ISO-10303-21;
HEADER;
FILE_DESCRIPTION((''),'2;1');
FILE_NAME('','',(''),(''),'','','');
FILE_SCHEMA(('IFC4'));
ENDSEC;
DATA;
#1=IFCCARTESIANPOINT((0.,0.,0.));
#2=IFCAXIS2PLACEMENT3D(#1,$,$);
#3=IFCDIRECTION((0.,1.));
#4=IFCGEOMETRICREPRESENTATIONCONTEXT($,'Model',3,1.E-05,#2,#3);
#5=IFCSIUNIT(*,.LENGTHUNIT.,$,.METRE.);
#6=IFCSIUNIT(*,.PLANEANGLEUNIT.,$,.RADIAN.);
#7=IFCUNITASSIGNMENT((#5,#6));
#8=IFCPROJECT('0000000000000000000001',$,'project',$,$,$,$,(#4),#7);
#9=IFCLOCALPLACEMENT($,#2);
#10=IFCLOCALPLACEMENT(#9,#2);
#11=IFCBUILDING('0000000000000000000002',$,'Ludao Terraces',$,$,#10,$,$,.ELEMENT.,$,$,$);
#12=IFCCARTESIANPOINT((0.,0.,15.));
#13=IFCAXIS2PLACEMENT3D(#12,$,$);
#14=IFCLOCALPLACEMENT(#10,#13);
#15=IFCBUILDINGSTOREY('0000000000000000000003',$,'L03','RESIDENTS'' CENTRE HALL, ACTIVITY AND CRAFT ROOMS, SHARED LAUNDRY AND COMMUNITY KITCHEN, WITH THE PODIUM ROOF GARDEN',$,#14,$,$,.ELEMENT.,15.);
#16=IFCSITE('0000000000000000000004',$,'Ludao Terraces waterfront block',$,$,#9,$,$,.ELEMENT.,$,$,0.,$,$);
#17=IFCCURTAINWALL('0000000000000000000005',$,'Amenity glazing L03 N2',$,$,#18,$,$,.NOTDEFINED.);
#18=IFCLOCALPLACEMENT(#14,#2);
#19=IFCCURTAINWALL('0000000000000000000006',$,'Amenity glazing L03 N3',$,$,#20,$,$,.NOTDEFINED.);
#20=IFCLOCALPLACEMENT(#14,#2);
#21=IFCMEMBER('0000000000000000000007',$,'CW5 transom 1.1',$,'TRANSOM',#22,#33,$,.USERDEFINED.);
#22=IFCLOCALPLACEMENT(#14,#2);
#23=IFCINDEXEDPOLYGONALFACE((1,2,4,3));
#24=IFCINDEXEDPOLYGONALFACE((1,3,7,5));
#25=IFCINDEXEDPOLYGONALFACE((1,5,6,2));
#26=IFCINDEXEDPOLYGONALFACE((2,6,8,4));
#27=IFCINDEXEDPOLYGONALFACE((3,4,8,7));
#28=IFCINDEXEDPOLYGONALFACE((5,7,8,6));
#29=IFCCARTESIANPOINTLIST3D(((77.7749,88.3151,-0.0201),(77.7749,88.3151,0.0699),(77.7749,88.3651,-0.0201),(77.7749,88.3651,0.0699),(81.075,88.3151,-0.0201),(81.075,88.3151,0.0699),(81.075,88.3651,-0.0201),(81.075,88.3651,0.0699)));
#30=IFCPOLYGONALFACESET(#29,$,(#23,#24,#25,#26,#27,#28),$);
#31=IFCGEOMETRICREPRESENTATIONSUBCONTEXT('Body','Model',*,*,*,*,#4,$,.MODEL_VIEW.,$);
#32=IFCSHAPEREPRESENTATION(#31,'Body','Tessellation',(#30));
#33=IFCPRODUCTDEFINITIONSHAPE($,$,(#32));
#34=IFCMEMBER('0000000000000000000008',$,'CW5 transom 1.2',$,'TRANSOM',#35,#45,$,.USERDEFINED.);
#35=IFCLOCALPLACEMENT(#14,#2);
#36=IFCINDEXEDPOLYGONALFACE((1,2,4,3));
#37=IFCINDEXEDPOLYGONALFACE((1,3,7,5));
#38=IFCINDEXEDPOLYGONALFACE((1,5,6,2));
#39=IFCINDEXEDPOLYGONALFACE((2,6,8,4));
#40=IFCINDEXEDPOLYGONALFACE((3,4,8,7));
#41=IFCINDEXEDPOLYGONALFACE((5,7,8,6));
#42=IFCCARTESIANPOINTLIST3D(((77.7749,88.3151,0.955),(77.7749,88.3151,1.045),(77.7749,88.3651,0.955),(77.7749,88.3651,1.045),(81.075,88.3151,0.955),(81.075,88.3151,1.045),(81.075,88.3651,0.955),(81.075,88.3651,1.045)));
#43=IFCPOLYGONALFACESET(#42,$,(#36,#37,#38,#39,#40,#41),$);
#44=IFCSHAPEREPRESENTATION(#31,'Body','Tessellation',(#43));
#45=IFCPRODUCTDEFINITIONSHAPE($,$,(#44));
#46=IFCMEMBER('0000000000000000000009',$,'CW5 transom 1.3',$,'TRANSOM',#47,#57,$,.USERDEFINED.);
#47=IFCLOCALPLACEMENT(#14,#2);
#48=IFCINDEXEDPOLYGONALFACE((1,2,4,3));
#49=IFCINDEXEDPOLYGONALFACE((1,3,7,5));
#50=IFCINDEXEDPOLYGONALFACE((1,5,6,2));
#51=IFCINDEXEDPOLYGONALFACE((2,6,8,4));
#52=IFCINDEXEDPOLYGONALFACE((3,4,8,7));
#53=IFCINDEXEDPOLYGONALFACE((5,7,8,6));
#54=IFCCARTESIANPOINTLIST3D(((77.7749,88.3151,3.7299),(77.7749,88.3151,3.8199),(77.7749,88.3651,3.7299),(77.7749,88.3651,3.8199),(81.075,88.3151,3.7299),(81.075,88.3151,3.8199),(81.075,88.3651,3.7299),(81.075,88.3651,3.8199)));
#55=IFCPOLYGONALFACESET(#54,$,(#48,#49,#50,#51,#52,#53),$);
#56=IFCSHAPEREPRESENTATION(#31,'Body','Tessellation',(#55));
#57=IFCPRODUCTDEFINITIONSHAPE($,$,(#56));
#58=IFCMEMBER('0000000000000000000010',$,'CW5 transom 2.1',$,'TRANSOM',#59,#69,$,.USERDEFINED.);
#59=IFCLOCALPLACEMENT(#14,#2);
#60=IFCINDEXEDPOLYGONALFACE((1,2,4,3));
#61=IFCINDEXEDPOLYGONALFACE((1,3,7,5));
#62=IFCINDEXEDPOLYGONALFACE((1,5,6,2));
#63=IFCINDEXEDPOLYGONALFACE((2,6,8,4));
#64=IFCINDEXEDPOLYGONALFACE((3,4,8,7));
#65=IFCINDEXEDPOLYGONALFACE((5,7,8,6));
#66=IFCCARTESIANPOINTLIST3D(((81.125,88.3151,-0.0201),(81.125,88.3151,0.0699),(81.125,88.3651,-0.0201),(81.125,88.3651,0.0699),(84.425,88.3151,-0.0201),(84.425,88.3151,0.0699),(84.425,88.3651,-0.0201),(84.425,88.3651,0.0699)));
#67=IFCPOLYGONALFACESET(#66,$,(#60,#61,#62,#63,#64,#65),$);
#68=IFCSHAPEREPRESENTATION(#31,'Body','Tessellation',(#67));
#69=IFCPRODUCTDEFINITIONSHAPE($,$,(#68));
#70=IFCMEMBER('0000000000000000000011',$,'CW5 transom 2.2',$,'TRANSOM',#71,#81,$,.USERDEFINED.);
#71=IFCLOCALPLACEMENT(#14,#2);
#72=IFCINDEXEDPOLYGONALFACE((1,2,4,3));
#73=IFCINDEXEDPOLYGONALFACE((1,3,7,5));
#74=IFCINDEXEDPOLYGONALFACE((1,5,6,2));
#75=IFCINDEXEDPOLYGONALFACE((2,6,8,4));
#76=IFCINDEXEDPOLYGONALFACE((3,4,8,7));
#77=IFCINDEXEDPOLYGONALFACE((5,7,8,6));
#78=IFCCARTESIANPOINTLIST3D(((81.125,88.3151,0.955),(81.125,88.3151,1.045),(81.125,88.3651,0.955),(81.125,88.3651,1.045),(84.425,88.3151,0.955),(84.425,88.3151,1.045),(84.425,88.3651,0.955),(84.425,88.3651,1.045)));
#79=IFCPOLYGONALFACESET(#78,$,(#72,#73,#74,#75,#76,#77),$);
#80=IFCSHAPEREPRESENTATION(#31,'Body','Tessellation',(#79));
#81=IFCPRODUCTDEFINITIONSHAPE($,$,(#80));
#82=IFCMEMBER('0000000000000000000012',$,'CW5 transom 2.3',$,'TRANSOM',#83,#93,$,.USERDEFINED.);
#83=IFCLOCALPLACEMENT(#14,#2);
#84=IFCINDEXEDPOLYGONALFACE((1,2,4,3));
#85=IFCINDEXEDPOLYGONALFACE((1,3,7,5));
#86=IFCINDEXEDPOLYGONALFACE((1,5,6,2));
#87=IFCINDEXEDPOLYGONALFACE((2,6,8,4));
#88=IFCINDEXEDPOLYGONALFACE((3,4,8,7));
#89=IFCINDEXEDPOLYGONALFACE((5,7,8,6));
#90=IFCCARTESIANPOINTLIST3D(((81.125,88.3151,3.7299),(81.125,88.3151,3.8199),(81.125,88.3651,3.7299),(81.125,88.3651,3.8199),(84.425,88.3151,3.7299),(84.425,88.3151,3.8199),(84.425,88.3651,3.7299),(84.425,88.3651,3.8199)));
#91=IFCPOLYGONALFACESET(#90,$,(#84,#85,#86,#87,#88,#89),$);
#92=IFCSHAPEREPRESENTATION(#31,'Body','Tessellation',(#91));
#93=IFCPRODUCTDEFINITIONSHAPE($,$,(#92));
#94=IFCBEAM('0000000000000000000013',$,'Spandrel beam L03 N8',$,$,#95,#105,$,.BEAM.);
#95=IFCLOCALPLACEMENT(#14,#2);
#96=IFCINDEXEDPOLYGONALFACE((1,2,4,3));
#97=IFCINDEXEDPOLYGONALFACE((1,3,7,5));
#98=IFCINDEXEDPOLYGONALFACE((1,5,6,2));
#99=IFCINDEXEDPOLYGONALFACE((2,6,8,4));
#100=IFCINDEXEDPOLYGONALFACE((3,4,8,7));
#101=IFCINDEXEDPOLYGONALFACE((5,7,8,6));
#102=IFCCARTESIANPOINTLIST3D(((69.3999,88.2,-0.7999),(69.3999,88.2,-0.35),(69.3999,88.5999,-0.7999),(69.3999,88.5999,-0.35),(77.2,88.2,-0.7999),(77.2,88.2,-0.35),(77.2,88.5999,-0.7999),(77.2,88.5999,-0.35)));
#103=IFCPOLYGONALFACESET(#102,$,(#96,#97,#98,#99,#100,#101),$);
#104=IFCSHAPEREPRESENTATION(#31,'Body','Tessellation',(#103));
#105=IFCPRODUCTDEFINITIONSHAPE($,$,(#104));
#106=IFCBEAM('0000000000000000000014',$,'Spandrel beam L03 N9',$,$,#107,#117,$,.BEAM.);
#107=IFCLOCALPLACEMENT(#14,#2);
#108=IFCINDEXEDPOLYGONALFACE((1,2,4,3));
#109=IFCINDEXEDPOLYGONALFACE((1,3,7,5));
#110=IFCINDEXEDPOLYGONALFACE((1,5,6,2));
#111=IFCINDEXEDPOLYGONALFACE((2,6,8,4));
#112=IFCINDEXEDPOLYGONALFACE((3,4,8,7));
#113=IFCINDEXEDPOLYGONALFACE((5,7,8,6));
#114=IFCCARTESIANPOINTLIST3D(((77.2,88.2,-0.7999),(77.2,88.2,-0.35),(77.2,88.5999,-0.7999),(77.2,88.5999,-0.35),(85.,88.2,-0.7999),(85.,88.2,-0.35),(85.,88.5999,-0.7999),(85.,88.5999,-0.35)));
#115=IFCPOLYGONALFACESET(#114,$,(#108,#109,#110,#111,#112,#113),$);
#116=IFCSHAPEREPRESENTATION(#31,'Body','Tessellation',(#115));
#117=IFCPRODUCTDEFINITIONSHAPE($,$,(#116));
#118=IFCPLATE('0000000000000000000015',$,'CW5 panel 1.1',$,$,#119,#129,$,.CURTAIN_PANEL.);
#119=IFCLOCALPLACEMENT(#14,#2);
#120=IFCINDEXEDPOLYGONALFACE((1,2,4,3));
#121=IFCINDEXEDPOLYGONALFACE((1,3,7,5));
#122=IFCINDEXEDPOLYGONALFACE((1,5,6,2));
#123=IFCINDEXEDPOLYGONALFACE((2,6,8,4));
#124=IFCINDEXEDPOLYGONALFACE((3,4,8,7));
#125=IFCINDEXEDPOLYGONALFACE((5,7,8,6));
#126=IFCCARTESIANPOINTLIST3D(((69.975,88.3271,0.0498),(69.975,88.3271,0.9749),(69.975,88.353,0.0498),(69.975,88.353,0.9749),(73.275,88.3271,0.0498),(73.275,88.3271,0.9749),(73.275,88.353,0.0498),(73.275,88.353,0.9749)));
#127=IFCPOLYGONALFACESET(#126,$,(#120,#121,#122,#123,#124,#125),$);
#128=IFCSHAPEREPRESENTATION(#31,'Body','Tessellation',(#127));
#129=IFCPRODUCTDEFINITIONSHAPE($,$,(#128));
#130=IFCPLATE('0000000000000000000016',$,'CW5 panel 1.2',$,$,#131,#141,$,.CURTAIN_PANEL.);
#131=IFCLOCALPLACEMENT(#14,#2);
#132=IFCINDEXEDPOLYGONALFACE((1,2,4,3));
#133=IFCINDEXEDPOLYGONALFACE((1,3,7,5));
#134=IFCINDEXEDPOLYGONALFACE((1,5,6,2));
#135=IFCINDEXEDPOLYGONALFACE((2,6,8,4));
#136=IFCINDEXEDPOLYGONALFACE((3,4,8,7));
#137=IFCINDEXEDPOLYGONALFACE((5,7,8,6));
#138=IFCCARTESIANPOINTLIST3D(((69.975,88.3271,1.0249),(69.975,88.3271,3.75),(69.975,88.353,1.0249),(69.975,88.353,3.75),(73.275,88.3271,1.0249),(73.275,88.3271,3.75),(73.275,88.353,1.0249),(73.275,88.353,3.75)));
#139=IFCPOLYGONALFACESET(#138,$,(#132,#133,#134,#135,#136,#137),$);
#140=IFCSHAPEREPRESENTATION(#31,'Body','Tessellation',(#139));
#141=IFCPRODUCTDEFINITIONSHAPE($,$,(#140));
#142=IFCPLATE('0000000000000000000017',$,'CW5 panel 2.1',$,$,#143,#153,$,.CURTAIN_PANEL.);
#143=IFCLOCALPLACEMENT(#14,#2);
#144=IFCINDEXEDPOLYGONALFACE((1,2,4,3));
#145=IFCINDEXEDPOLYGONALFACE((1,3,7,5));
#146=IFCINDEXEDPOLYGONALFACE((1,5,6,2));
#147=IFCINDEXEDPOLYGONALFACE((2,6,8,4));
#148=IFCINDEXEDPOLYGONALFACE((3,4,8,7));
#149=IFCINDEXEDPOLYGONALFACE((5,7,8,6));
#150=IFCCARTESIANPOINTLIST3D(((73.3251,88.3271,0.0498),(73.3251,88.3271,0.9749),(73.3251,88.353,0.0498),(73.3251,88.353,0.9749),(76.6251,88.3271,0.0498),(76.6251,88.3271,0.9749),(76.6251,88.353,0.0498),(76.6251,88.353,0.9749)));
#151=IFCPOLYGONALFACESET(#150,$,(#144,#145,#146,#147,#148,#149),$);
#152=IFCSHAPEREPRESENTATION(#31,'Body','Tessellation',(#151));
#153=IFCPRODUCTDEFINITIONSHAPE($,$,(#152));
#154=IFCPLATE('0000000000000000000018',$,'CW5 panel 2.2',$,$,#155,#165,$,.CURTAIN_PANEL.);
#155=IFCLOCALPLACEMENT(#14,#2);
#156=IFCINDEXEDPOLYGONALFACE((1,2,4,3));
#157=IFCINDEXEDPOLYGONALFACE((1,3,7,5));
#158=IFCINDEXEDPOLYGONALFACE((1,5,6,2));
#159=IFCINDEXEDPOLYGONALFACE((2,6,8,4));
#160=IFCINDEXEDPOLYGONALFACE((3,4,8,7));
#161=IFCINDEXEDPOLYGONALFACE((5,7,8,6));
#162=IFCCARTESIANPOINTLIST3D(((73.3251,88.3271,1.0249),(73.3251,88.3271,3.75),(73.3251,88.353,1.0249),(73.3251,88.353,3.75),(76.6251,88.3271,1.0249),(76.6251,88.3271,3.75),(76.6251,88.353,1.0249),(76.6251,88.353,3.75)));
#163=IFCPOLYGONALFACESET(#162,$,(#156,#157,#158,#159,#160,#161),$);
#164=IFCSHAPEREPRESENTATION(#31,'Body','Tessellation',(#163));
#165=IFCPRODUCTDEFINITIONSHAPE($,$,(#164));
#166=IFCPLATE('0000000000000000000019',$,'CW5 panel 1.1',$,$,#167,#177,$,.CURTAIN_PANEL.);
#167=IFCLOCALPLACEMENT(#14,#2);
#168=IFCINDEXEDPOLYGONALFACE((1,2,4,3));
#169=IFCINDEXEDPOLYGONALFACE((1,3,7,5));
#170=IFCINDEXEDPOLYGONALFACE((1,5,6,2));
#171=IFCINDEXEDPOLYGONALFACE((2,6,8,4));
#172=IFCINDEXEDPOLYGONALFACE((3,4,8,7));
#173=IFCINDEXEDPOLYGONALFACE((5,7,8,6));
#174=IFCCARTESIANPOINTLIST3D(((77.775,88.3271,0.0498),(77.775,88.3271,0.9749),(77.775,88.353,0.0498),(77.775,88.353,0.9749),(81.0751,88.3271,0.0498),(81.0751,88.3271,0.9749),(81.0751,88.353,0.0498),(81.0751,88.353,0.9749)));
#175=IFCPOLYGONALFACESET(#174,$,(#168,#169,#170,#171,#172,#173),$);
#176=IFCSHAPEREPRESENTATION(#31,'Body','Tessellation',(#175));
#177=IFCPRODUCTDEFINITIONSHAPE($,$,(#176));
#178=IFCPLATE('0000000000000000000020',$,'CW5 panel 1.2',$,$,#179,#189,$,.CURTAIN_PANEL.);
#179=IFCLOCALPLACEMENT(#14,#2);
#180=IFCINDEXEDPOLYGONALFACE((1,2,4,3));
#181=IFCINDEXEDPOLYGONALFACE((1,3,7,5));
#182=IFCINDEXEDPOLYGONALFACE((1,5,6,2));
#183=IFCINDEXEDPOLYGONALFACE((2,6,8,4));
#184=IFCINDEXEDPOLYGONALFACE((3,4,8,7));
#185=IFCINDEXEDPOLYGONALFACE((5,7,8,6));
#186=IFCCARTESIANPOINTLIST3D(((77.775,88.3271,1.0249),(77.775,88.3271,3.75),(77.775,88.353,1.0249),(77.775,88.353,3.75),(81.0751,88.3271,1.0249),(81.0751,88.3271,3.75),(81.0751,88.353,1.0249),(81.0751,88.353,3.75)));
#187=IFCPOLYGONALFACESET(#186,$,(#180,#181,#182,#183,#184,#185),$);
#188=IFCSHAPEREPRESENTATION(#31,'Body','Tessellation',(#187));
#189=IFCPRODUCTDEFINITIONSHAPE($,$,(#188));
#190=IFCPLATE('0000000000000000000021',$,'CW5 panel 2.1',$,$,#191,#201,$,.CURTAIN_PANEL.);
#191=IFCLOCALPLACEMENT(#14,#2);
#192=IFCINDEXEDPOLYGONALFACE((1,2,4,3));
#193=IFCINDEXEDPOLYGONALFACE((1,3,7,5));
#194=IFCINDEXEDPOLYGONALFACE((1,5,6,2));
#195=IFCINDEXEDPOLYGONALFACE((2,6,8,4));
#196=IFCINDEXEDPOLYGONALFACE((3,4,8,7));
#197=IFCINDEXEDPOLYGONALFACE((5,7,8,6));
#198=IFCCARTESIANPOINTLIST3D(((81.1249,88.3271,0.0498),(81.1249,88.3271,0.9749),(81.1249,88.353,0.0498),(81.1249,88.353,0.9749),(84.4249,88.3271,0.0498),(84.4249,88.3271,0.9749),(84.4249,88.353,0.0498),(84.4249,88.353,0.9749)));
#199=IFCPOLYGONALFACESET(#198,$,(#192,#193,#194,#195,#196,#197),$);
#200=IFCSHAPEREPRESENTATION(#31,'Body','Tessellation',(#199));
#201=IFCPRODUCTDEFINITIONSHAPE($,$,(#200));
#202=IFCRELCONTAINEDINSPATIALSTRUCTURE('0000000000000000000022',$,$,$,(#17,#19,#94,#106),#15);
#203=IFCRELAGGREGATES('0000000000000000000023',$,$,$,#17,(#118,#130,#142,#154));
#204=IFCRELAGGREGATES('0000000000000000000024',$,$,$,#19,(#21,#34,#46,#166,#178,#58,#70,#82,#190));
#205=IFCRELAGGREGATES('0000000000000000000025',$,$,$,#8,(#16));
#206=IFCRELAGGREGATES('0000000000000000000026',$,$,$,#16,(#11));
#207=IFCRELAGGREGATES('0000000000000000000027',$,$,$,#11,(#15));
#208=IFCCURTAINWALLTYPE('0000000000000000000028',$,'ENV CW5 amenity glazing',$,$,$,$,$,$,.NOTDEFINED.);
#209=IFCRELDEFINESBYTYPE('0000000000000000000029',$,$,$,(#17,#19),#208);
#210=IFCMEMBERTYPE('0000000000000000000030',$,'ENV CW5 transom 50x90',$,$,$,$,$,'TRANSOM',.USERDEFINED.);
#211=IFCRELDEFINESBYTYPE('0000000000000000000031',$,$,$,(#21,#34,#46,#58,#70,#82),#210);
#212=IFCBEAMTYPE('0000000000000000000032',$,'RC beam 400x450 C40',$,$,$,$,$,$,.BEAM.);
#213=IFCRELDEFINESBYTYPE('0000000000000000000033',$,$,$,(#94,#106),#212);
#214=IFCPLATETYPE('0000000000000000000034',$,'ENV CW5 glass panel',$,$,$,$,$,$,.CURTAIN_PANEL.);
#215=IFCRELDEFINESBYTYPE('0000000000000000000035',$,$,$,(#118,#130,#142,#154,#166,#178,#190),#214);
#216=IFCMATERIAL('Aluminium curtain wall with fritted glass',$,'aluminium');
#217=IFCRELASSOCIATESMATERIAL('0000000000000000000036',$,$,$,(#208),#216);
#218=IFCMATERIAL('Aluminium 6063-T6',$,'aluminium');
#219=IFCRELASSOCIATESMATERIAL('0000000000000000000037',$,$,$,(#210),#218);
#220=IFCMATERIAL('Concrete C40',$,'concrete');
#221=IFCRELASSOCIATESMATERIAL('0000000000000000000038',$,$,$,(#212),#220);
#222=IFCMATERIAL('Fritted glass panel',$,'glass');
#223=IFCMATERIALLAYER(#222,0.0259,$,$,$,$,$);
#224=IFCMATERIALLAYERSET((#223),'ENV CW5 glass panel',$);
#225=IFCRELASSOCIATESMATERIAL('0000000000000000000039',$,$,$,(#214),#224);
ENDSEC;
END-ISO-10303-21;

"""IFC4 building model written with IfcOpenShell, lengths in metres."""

from ifc_helpers import new_model, si_unit, direction, frame, origin, origin_2d, place, context, subcontext, project, spatial, rectangle, extrude, material, layer, layer_set, material_profile, profile_set, type_object, element, aggregate, save


model = new_model("IFC4")

# Units and contexts
model_context = context("Model", 3, precision=1e-05, world=origin(), true_north=direction((0.0, 1.0)))
body_context = subcontext(model_context, "Body", "Model", "MODEL_VIEW")
ifc_project = project(units=[si_unit("LENGTHUNIT", "METRE"), si_unit("PLANEANGLEUNIT", "RADIAN")], contexts=[model_context])

# Site, building, storey
site_placement = place(None, origin())
site = spatial("IfcSite", under=ifc_project, at=site_placement, Name="Ludao Terraces waterfront block", CompositionType="ELEMENT", RefElevation=0.0)
building_placement = place(site_placement, origin())
building = spatial("IfcBuilding", under=site, at=building_placement, Name="Ludao Terraces", CompositionType="ELEMENT")
storey_placement = place(building_placement, frame((0.0, 0.0, 15.0)))
storey = spatial("IfcBuildingStorey", under=building, at=storey_placement, Name="L03", Description="RESIDENTS' CENTRE HALL, ACTIVITY AND CRAFT ROOMS, SHARED LAUNDRY AND COMMUNITY KITCHEN, WITH THE PODIUM ROOF GARDEN", CompositionType="ELEMENT", Elevation=15.0)

# Curtain walls
ifc_material_1 = material(Name="Aluminium curtain wall with fritted glass", Category="aluminium")
curtain_wall_type = type_object("IfcCurtainWallType", Name="ENV CW5 amenity glazing", PredefinedType="NOTDEFINED", material=ifc_material_1)
curtain_wall_1_placement = place(storey_placement, origin())
curtain_wall_1 = element("IfcCurtainWall", 1, at=curtain_wall_1_placement, inside=storey, type_object=curtain_wall_type, Name="Amenity glazing L03 N2", PredefinedType="NOTDEFINED")
ifc_material_2 = material(Name="Aluminium 6063-T6", Category="aluminium")
curtain_wall_2_placement = place(storey_placement, origin())
curtain_wall_2 = element("IfcCurtainWall", 2, at=curtain_wall_2_placement, inside=storey, type_object=curtain_wall_type, Name="Amenity glazing L03 N3", PredefinedType="NOTDEFINED")

# Members
ifc_material_profile_1 = material_profile(ifc_material_2, rectangle(XDim=0.05, YDim=0.0901, at=origin_2d()), Name="50 X 90")
ifc_profile_set_1 = profile_set([ifc_material_profile_1], Name="Aluminium 6063-T6")
member_type_1 = type_object("IfcMemberType", Name="ENV CW5 transom 50x90", ElementType="TRANSOM", PredefinedType="USERDEFINED", material=ifc_profile_set_1)
member_1_placement = place(storey_placement, frame((77.7749, 88.3401, 0.0249), z_axis=(1.0, 0.0, 0.0), x_axis=(0.0, 1.0, 0.0)))
member_1 = element("IfcMember", 3, at=member_1_placement, type_object=member_type_1, Name="CW5 transom 1.1", ObjectType="TRANSOM", PredefinedType="USERDEFINED", context=body_context, shape_type="SweptSolid", body=[
    extrude(rectangle(XDim=0.05, YDim=0.0901, at=origin_2d()), origin(), (0.0, 0.0, 1.0), 3.3),
])
member_2_placement = place(storey_placement, frame((77.7749, 88.3401, 1.0), z_axis=(1.0, 0.0, 0.0), x_axis=(0.0, 1.0, 0.0)))
member_2 = element("IfcMember", 4, at=member_2_placement, type_object=member_type_1, Name="CW5 transom 1.2", ObjectType="TRANSOM", PredefinedType="USERDEFINED", context=body_context, shape_type="SweptSolid", body=[
    extrude(rectangle(XDim=0.05, YDim=0.0901, at=origin_2d()), origin(), (0.0, 0.0, 1.0), 3.3),
])
member_3_placement = place(storey_placement, frame((77.7749, 88.3401, 3.7749), z_axis=(1.0, 0.0, 0.0), x_axis=(0.0, 1.0, 0.0)))
member_3 = element("IfcMember", 5, at=member_3_placement, type_object=member_type_1, Name="CW5 transom 1.3", ObjectType="TRANSOM", PredefinedType="USERDEFINED", context=body_context, shape_type="SweptSolid", body=[
    extrude(rectangle(XDim=0.05, YDim=0.0901, at=origin_2d()), origin(), (0.0, 0.0, 1.0), 3.3),
])
member_4_placement = place(storey_placement, frame((81.125, 88.3401, 0.0249), z_axis=(1.0, 0.0, 0.0), x_axis=(0.0, 1.0, 0.0)))
member_4 = element("IfcMember", 6, at=member_4_placement, type_object=member_type_1, Name="CW5 transom 2.1", ObjectType="TRANSOM", PredefinedType="USERDEFINED", context=body_context, shape_type="SweptSolid", body=[
    extrude(rectangle(XDim=0.05, YDim=0.0901, at=origin_2d()), origin(), (0.0, 0.0, 1.0), 3.3),
])
member_5_placement = place(storey_placement, frame((81.125, 88.3401, 1.0), z_axis=(1.0, 0.0, 0.0), x_axis=(0.0, 1.0, 0.0)))
member_5 = element("IfcMember", 7, at=member_5_placement, type_object=member_type_1, Name="CW5 transom 2.2", ObjectType="TRANSOM", PredefinedType="USERDEFINED", context=body_context, shape_type="SweptSolid", body=[
    extrude(rectangle(XDim=0.05, YDim=0.0901, at=origin_2d()), origin(), (0.0, 0.0, 1.0), 3.3),
])
member_6_placement = place(storey_placement, frame((81.125, 88.3401, 3.7749), z_axis=(1.0, 0.0, 0.0), x_axis=(0.0, 1.0, 0.0)))
member_6 = element("IfcMember", 8, at=member_6_placement, type_object=member_type_1, Name="CW5 transom 2.3", ObjectType="TRANSOM", PredefinedType="USERDEFINED", context=body_context, shape_type="SweptSolid", body=[
    extrude(rectangle(XDim=0.05, YDim=0.0901, at=origin_2d()), origin(), (0.0, 0.0, 1.0), 3.3),
])

# Beams
ifc_material_3 = material(Name="Concrete C40", Category="concrete")
ifc_material_profile_2 = material_profile(ifc_material_3, rectangle(XDim=0.3999, YDim=0.45, at=origin_2d()), Name="400 X 450")
ifc_profile_set_2 = profile_set([ifc_material_profile_2], Name="Concrete C40")
beam_type = type_object("IfcBeamType", Name="RC beam 400x450 C40", PredefinedType="BEAM", material=ifc_profile_set_2)
for number, where, z_axis, x_axis, name in (
    (9, (69.3999, 88.3999, -0.575), (1.0, 0.0, 0.0), (0.0, 1.0, 0.0), "Spandrel beam L03 N8"),
    (10, (77.2, 88.3999, -0.575), (1.0, 0.0, 0.0), (0.0, 1.0, 0.0), "Spandrel beam L03 N9"),
):
    element("IfcBeam", number, at=place(storey_placement, frame(where, z_axis=z_axis, x_axis=x_axis)), inside=storey, type_object=beam_type, Name=name, PredefinedType="BEAM", context=body_context, shape_type="SweptSolid", body=[
        extrude(rectangle(XDim=0.3999, YDim=0.45, at=origin_2d()), origin(), (0.0, 0.0, 1.0), 7.8),
    ])

# Plates
ifc_material_4 = material(Name="Fritted glass panel", Category="glass")
ifc_layer_1 = layer(ifc_material_4, 0.0259)
ifc_layer_set_1 = layer_set([ifc_layer_1], Name="ENV CW5 glass panel")
plate_type = type_object("IfcPlateType", Name="ENV CW5 glass panel", PredefinedType="CURTAIN_PANEL", material=ifc_layer_set_1)
plate_1_placement = place(storey_placement, frame((71.625, 88.3401, 0.0498), z_axis=(0.0, 0.0, 1.0), x_axis=(1.0, 0.0, 0.0)))
plate_1 = element("IfcPlate", 11, at=plate_1_placement, type_object=plate_type, Name="CW5 panel 1.1", PredefinedType="CURTAIN_PANEL", context=body_context, shape_type="SweptSolid", body=[
    extrude(rectangle(XDim=3.3, YDim=0.0259, at=origin_2d()), origin(), (0.0, 0.0, 1.0), 0.925),
])
plate_2_placement = place(storey_placement, frame((71.625, 88.3401, 1.0249), z_axis=(0.0, 0.0, 1.0), x_axis=(1.0, 0.0, 0.0)))
plate_2 = element("IfcPlate", 12, at=plate_2_placement, type_object=plate_type, Name="CW5 panel 1.2", PredefinedType="CURTAIN_PANEL", context=body_context, shape_type="SweptSolid", body=[
    extrude(rectangle(XDim=3.3, YDim=0.0259, at=origin_2d()), origin(), (0.0, 0.0, 1.0), 2.7251),
])
plate_3_placement = place(storey_placement, frame((74.9751, 88.3401, 0.0498), z_axis=(0.0, 0.0, 1.0), x_axis=(1.0, 0.0, 0.0)))
plate_3 = element("IfcPlate", 13, at=plate_3_placement, type_object=plate_type, Name="CW5 panel 2.1", PredefinedType="CURTAIN_PANEL", context=body_context, shape_type="SweptSolid", body=[
    extrude(rectangle(XDim=3.3, YDim=0.0259, at=origin_2d()), origin(), (0.0, 0.0, 1.0), 0.925),
])
plate_4_placement = place(storey_placement, frame((74.9751, 88.3401, 1.0249), z_axis=(0.0, 0.0, 1.0), x_axis=(1.0, 0.0, 0.0)))
plate_4 = element("IfcPlate", 14, at=plate_4_placement, type_object=plate_type, Name="CW5 panel 2.2", PredefinedType="CURTAIN_PANEL", context=body_context, shape_type="SweptSolid", body=[
    extrude(rectangle(XDim=3.3, YDim=0.0259, at=origin_2d()), origin(), (0.0, 0.0, 1.0), 2.7251),
])
aggregate(curtain_wall_1, [plate_1, plate_2, plate_3, plate_4])
plate_5_placement = place(storey_placement, frame((79.425, 88.3401, 0.0498), z_axis=(0.0, 0.0, 1.0), x_axis=(1.0, 0.0, 0.0)))
plate_5 = element("IfcPlate", 15, at=plate_5_placement, type_object=plate_type, Name="CW5 panel 1.1", PredefinedType="CURTAIN_PANEL", context=body_context, shape_type="SweptSolid", body=[
    extrude(rectangle(XDim=3.3, YDim=0.0259, at=origin_2d()), origin(), (0.0, 0.0, 1.0), 0.925),
])
plate_6_placement = place(storey_placement, frame((79.425, 88.3401, 1.0249), z_axis=(0.0, 0.0, 1.0), x_axis=(1.0, 0.0, 0.0)))
plate_6 = element("IfcPlate", 16, at=plate_6_placement, type_object=plate_type, Name="CW5 panel 1.2", PredefinedType="CURTAIN_PANEL", context=body_context, shape_type="SweptSolid", body=[
    extrude(rectangle(XDim=3.3, YDim=0.0259, at=origin_2d()), origin(), (0.0, 0.0, 1.0), 2.7251),
])
plate_7_placement = place(storey_placement, frame((82.7749, 88.3401, 0.0498), z_axis=(0.0, 0.0, 1.0), x_axis=(1.0, 0.0, 0.0)))
plate_7 = element("IfcPlate", 17, at=plate_7_placement, type_object=plate_type, Name="CW5 panel 2.1", PredefinedType="CURTAIN_PANEL", context=body_context, shape_type="SweptSolid", body=[
    extrude(rectangle(XDim=3.3, YDim=0.0259, at=origin_2d()), origin(), (0.0, 0.0, 1.0), 0.925),
])
aggregate(curtain_wall_2, [member_1, member_2, member_3, plate_5, plate_6, member_4, member_5, member_6, plate_7])

save(model, "model.ifc")
